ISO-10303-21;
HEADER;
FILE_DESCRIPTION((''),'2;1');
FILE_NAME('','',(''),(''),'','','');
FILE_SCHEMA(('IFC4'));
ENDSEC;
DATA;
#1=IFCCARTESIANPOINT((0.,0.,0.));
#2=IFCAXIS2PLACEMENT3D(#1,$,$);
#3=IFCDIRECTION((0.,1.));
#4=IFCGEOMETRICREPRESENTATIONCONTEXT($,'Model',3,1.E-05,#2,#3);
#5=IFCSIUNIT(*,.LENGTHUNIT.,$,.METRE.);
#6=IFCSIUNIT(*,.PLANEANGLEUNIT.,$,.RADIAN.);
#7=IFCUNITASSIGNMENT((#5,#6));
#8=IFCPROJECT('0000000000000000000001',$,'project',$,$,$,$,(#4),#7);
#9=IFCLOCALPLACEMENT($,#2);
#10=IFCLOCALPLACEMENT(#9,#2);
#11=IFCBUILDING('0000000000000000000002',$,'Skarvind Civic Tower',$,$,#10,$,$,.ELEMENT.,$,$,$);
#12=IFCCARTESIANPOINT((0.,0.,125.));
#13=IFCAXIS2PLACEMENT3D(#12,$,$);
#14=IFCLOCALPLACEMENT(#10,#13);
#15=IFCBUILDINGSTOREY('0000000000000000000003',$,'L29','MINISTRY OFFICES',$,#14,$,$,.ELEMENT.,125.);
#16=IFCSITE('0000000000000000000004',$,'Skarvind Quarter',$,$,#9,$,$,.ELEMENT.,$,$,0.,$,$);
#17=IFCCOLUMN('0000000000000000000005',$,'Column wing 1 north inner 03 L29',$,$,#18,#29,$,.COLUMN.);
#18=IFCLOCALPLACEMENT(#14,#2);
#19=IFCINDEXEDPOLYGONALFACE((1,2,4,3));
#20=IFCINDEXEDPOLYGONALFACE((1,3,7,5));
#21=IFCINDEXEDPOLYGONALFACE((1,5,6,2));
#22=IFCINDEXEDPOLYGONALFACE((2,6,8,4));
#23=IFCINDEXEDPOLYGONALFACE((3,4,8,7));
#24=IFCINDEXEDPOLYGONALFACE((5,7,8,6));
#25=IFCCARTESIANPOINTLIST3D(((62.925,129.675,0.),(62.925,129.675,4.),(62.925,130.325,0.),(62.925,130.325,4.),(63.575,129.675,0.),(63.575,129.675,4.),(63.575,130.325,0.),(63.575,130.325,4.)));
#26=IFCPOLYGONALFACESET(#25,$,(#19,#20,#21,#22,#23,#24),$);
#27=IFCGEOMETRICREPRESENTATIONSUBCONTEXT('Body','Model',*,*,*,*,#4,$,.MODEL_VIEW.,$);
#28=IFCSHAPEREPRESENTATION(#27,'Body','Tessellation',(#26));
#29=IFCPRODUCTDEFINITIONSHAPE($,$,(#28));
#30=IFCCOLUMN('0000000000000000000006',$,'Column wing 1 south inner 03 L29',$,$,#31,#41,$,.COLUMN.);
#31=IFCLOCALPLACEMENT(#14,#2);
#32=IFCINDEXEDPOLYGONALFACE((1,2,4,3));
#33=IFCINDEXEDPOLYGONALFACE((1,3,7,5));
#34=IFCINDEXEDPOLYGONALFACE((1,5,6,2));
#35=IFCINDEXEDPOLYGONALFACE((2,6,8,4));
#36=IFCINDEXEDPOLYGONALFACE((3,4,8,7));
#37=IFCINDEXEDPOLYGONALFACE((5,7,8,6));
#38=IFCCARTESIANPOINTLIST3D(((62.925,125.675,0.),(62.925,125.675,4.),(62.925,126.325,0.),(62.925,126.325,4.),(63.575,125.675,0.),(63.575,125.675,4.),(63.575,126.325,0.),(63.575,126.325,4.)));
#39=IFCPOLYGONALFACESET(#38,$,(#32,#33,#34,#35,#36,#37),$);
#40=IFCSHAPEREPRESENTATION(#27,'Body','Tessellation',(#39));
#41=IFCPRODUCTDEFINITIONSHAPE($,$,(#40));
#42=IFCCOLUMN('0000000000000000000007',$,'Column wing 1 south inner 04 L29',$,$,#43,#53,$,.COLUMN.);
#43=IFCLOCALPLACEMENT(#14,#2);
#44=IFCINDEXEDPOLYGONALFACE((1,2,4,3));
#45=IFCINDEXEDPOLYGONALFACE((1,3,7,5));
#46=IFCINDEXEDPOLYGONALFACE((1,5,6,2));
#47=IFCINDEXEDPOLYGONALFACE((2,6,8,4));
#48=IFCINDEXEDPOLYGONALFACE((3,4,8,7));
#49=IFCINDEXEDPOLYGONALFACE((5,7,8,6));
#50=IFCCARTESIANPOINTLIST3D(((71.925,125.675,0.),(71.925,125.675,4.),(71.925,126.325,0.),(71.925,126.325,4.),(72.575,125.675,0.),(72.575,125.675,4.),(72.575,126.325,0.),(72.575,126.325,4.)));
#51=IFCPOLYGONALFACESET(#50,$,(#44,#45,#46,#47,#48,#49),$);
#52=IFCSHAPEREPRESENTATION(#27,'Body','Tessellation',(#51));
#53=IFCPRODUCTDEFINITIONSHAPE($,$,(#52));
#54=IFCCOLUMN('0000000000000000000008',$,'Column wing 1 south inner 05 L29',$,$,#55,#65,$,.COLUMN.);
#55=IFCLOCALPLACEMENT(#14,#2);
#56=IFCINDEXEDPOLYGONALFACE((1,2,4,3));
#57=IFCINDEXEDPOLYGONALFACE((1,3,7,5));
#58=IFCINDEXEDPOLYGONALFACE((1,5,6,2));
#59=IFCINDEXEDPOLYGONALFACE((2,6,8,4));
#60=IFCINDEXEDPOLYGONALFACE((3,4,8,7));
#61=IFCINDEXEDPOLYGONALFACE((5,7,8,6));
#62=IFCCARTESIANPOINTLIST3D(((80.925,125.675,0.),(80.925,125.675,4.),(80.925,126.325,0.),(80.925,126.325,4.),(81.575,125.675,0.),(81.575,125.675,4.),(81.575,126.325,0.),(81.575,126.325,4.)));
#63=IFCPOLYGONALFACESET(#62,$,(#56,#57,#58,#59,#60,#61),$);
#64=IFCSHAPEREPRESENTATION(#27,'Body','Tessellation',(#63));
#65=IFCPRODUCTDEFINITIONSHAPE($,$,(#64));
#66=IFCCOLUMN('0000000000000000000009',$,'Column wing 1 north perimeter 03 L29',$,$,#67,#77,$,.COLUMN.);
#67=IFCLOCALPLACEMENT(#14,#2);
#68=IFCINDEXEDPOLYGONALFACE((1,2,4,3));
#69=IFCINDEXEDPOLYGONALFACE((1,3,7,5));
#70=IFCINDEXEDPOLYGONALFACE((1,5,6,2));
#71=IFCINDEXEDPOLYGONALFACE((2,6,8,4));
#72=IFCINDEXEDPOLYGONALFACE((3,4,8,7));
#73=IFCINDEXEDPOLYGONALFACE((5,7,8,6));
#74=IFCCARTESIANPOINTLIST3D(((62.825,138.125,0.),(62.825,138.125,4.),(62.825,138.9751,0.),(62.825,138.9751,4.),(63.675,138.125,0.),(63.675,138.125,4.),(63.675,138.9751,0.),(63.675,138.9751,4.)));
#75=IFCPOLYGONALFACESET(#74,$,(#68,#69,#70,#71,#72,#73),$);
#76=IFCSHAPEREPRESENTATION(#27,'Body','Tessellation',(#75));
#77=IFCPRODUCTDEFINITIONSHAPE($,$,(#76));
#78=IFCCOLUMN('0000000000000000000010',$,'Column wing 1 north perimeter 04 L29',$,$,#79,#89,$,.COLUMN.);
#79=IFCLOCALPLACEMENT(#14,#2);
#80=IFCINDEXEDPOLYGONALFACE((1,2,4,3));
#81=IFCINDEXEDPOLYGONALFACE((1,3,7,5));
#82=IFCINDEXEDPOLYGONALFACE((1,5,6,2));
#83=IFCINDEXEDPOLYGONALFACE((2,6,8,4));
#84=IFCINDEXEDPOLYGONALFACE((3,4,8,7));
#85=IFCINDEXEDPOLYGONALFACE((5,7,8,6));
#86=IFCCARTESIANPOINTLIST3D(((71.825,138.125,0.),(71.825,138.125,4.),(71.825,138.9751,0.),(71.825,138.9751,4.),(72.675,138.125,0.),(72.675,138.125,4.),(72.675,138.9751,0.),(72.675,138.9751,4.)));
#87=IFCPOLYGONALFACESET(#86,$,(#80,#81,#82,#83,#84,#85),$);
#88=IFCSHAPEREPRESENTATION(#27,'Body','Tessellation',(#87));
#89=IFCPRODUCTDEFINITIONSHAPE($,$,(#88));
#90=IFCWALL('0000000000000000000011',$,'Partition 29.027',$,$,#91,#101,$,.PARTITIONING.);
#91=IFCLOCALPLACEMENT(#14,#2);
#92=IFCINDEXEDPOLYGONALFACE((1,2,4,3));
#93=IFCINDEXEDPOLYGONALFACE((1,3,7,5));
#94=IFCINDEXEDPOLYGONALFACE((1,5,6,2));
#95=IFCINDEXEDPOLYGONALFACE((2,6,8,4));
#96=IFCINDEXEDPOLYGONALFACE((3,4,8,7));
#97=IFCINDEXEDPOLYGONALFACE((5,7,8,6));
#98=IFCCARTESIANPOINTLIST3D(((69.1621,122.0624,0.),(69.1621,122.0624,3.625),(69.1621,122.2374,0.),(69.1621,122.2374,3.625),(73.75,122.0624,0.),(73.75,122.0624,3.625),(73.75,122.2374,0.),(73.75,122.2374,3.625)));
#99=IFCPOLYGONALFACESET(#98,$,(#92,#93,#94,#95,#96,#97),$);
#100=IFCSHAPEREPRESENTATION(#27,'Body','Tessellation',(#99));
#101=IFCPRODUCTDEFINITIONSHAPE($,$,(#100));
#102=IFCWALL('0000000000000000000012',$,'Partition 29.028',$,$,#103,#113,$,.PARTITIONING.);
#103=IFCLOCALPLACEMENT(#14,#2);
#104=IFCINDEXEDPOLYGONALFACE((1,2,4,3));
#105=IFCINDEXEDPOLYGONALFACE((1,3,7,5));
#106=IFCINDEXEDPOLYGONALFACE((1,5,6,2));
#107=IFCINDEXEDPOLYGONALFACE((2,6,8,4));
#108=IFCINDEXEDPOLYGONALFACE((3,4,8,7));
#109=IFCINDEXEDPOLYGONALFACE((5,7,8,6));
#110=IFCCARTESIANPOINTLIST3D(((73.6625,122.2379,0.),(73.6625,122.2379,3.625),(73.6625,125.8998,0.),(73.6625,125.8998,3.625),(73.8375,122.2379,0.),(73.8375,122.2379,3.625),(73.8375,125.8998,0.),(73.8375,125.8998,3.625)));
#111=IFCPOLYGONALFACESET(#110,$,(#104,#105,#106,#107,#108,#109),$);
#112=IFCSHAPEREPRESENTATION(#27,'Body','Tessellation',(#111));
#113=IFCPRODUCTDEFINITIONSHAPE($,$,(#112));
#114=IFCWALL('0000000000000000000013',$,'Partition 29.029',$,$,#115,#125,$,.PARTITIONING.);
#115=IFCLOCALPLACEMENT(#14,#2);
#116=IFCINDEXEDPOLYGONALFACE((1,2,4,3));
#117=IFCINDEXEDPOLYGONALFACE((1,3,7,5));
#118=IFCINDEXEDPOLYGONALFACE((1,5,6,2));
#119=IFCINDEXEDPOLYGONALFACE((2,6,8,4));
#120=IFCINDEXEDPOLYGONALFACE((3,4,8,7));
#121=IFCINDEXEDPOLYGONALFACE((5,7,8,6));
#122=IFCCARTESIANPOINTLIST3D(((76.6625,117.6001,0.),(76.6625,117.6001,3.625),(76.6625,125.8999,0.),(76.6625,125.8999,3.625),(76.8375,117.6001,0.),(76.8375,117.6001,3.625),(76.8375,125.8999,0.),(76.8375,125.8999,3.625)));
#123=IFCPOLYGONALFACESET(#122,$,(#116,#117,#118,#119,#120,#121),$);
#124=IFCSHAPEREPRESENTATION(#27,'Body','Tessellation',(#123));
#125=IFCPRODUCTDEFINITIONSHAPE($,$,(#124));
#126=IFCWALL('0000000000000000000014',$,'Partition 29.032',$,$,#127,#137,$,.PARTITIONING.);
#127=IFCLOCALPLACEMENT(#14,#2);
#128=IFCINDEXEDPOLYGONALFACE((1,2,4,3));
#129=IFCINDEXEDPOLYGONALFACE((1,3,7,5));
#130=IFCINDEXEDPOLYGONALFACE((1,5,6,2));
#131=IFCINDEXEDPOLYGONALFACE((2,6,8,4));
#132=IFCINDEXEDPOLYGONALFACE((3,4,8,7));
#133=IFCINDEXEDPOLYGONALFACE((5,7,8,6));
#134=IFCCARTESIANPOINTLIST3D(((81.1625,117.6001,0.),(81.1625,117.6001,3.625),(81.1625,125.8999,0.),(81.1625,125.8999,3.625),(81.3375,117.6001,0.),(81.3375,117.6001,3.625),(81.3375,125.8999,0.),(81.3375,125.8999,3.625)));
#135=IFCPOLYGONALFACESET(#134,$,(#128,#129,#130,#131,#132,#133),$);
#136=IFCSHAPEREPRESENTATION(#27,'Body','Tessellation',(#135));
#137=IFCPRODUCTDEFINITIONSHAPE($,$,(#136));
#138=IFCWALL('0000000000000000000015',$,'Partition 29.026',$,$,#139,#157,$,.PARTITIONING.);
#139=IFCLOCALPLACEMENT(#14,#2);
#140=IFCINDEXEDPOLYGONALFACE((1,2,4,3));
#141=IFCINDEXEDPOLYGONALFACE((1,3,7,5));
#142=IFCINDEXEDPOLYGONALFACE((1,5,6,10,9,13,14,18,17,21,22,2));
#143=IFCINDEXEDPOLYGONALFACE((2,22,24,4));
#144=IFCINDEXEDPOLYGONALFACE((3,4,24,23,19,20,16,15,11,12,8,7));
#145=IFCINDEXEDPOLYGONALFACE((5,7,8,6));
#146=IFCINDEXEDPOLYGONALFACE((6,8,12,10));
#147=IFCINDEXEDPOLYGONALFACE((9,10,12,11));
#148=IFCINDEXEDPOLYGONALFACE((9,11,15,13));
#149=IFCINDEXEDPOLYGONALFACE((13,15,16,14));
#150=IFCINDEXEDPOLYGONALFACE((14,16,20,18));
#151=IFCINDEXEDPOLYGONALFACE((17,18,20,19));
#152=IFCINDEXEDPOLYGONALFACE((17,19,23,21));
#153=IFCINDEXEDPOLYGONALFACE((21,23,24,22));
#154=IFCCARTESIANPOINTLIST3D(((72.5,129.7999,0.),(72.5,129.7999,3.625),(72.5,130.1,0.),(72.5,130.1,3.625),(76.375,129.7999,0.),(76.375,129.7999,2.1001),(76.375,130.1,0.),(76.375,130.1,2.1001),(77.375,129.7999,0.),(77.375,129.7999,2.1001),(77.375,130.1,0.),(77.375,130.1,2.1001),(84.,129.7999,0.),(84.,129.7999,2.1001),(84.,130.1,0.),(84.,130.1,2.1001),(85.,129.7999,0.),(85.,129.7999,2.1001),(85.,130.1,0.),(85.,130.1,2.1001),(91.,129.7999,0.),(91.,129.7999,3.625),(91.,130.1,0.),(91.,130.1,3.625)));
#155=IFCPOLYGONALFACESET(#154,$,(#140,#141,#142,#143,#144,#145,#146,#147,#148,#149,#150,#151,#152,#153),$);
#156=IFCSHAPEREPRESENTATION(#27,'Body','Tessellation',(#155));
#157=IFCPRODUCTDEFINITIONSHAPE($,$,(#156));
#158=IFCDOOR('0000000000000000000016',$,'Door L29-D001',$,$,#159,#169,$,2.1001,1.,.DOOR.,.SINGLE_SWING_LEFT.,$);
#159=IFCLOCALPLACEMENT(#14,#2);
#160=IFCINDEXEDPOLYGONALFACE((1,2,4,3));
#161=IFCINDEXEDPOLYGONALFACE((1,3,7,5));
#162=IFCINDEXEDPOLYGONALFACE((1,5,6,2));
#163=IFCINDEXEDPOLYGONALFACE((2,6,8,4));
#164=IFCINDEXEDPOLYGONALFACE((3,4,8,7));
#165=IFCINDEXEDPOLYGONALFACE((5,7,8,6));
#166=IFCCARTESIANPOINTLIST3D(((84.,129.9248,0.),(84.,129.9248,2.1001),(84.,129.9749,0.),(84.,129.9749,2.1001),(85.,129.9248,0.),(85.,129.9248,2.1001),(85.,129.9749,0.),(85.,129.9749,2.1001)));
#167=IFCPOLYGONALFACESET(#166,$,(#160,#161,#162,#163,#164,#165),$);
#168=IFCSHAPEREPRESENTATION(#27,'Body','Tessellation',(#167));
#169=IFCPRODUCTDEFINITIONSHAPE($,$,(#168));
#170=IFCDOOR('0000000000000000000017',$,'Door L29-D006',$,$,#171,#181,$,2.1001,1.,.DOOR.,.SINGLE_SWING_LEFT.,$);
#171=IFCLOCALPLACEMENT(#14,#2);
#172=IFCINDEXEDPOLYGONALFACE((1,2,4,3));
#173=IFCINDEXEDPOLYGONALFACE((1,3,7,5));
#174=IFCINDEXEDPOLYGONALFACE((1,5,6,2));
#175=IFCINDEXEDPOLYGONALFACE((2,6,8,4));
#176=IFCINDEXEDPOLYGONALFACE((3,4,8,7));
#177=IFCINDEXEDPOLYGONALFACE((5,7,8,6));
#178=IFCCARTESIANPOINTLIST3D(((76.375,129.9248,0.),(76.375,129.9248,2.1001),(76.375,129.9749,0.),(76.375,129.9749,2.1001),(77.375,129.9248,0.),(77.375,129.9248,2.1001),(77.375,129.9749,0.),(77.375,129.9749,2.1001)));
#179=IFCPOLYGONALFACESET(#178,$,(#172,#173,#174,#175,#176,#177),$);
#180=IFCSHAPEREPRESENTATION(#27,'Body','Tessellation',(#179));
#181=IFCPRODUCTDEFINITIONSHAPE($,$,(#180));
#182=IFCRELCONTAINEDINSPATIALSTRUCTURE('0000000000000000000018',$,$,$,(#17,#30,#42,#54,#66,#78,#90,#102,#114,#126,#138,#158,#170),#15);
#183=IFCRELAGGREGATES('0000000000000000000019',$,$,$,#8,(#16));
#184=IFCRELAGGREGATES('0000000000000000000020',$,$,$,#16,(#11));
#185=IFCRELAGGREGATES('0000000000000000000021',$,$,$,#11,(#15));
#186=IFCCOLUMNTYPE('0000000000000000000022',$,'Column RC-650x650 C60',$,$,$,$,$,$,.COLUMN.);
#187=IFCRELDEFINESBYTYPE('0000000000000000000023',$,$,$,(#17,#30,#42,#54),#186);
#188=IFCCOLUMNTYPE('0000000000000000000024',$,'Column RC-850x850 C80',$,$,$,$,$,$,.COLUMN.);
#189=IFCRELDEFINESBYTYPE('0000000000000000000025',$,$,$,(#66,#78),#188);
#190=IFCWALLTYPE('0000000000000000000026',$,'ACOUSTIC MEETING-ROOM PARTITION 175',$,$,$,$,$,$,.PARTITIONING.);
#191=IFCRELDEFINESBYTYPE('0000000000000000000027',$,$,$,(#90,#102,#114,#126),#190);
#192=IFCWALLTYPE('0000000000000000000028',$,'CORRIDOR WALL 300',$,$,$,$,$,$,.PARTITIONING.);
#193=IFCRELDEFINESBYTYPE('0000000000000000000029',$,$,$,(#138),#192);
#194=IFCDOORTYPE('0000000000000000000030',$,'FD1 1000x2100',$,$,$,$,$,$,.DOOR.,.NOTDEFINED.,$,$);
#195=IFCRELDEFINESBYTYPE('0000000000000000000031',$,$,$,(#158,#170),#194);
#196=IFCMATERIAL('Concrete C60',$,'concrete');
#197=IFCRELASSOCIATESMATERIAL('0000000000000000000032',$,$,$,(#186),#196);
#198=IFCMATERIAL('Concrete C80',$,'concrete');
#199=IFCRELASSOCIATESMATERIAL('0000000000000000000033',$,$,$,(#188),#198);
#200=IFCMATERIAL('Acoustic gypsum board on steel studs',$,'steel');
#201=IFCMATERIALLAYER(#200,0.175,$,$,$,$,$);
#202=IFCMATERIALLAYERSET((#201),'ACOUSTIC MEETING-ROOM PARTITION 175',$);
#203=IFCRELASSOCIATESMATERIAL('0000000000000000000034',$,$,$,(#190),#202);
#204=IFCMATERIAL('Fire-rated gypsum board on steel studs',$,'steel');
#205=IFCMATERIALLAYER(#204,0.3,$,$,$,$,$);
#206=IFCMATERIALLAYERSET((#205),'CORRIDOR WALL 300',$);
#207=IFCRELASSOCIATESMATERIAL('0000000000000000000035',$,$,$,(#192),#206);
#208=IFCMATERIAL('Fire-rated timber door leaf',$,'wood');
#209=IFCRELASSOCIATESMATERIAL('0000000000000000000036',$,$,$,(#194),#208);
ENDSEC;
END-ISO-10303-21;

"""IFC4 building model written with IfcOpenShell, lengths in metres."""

from ifc_helpers import new_model, si_unit, direction, frame, frame_2d, origin, origin_2d, place, context, subcontext, project, spatial, rectangle, extrude, material, layer, layer_set, material_profile, profile_set, type_object, element, fill, save


model = new_model("IFC4")

# Units and contexts
model_context = context("Model", 3, precision=1e-05, world=origin(), true_north=direction((0.0, 1.0)))
body_context = subcontext(model_context, "Body", "Model", "MODEL_VIEW")
ifc_project = project(units=[si_unit("LENGTHUNIT", "METRE"), si_unit("PLANEANGLEUNIT", "RADIAN")], contexts=[model_context])

# Site, building, storey
site_placement = place(None, origin())
site = spatial("IfcSite", under=ifc_project, at=site_placement, Name="Skarvind Quarter", CompositionType="ELEMENT", RefElevation=0.0)
building_placement = place(site_placement, origin())
building = spatial("IfcBuilding", under=site, at=building_placement, Name="Skarvind Civic Tower", CompositionType="ELEMENT")
storey_placement = place(building_placement, frame((0.0, 0.0, 125.0)))
storey = spatial("IfcBuildingStorey", under=building, at=storey_placement, Name="L29", Description="MINISTRY OFFICES", CompositionType="ELEMENT", Elevation=125.0)

# Columns
ifc_material_1 = material(Name="Concrete C60", Category="concrete")
ifc_material_profile_1 = material_profile(ifc_material_1, rectangle(XDim=0.6499, YDim=0.6499, at=origin_2d()), Name="RC-650x650")
ifc_profile_set_1 = profile_set([ifc_material_profile_1], Name="Concrete C60")
column_type_1 = type_object("IfcColumnType", Name="Column RC-650x650 C60", PredefinedType="COLUMN", material=ifc_profile_set_1)
for number, where, z_axis, x_axis, name in (
    (1, (63.25, 130.0, 0.0), (0.0, 0.0, 1.0), (1.0, 0.0, 0.0), "Column wing 1 north inner 03 L29"),
    (2, (63.25, 126.0, 0.0), (0.0, 0.0, 1.0), (1.0, 0.0, 0.0), "Column wing 1 south inner 03 L29"),
    (3, (72.25, 126.0, 0.0), (0.0, 0.0, 1.0), (1.0, 0.0, 0.0), "Column wing 1 south inner 04 L29"),
    (4, (81.25, 126.0, 0.0), (0.0, 0.0, 1.0), (1.0, 0.0, 0.0), "Column wing 1 south inner 05 L29"),
):
    element("IfcColumn", number, at=place(storey_placement, frame(where, z_axis=z_axis, x_axis=x_axis)), inside=storey, type_object=column_type_1, Name=name, PredefinedType="COLUMN", context=body_context, shape_type="SweptSolid", body=[
        extrude(rectangle(XDim=0.6499, YDim=0.6499, at=origin_2d()), origin(), (0.0, 0.0, 1.0), 4.0),
    ])
ifc_material_2 = material(Name="Concrete C80", Category="concrete")
ifc_material_profile_2 = material_profile(ifc_material_2, rectangle(XDim=0.8501, YDim=0.8501, at=origin_2d()), Name="RC-850x850")
ifc_profile_set_2 = profile_set([ifc_material_profile_2], Name="Concrete C80")
column_type_2 = type_object("IfcColumnType", Name="Column RC-850x850 C80", PredefinedType="COLUMN", material=ifc_profile_set_2)
for number, where, z_axis, x_axis, name in (
    (5, (63.25, 138.55, 0.0), (0.0, 0.0, 1.0), (1.0, 0.0, 0.0), "Column wing 1 north perimeter 03 L29"),
    (6, (72.25, 138.55, 0.0), (0.0, 0.0, 1.0), (1.0, 0.0, 0.0), "Column wing 1 north perimeter 04 L29"),
):
    element("IfcColumn", number, at=place(storey_placement, frame(where, z_axis=z_axis, x_axis=x_axis)), inside=storey, type_object=column_type_2, Name=name, PredefinedType="COLUMN", context=body_context, shape_type="SweptSolid", body=[
        extrude(rectangle(XDim=0.8501, YDim=0.8501, at=origin_2d()), origin(), (0.0, 0.0, 1.0), 4.0),
    ])

# Walls
ifc_material_3 = material(Name="Acoustic gypsum board on steel studs", Category="steel")
ifc_layer_1 = layer(ifc_material_3, 0.175)
ifc_layer_set_1 = layer_set([ifc_layer_1], Name="ACOUSTIC MEETING-ROOM PARTITION 175")
wall_type_1 = type_object("IfcWallType", Name="ACOUSTIC MEETING-ROOM PARTITION 175", PredefinedType="PARTITIONING", material=ifc_layer_set_1)
wall_1_placement = place(storey_placement, frame((73.75, 122.1499, 0.0), z_axis=(0.0, 0.0, 1.0), x_axis=(-1.0, 0.0, 0.0)))
element("IfcWall", 7, at=wall_1_placement, inside=storey, type_object=wall_type_1, Name="Partition 29.027", PredefinedType="PARTITIONING", context=body_context, shape_type="SweptSolid", body=[
    extrude(rectangle(XDim=4.5879, YDim=0.175, at=frame_2d((2.2939, 0.0))), origin(), (0.0, 0.0, 1.0), 3.625),
])
wall_2_placement = place(storey_placement, frame((73.75, 125.8999, 0.0), z_axis=(0.0, 0.0, 1.0), x_axis=(0.0, -1.0, 0.0)))
element("IfcWall", 8, at=wall_2_placement, inside=storey, type_object=wall_type_1, Name="Partition 29.028", PredefinedType="PARTITIONING", context=body_context, shape_type="SweptSolid", body=[
    extrude(rectangle(XDim=3.6619, YDim=0.175, at=frame_2d((1.8311, 0.0))), origin(), (0.0, 0.0, 1.0), 3.625),
])
for number, where, z_axis, x_axis, name in (
    (9, (76.75, 117.6001, 0.0), (0.0, 0.0, 1.0), (0.0, 1.0, 0.0), "Partition 29.029"),
    (10, (81.25, 117.6001, 0.0), (0.0, 0.0, 1.0), (0.0, 1.0, 0.0), "Partition 29.032"),
):
    element("IfcWall", number, at=place(storey_placement, frame(where, z_axis=z_axis, x_axis=x_axis)), inside=storey, type_object=wall_type_1, Name=name, PredefinedType="PARTITIONING", context=body_context, shape_type="SweptSolid", body=[
        extrude(rectangle(XDim=8.2998, YDim=0.175, at=frame_2d((4.1499, 0.0))), origin(), (0.0, 0.0, 1.0), 3.625),
    ])

# Wall, openings, doors
ifc_material_4 = material(Name="Fire-rated gypsum board on steel studs", Category="steel")
ifc_layer_2 = layer(ifc_material_4, 0.3)
ifc_layer_set_2 = layer_set([ifc_layer_2], Name="CORRIDOR WALL 300")
wall_type_2 = type_object("IfcWallType", Name="CORRIDOR WALL 300", PredefinedType="PARTITIONING", material=ifc_layer_set_2)
wall_3_placement = place(storey_placement, frame((72.5, 129.95, 0.0), z_axis=(0.0, 0.0, 1.0), x_axis=(1.0, 0.0, 0.0)))
wall_3 = element("IfcWall", 11, at=wall_3_placement, inside=storey, type_object=wall_type_2, Name="Partition 29.026", PredefinedType="PARTITIONING", context=body_context, shape_type="SweptSolid", body=[
    extrude(rectangle(XDim=18.5, YDim=0.3, at=frame_2d((9.25, 0.0))), origin(), (0.0, 0.0, 1.0), 3.625),
])
opening_1_placement = place(wall_3_placement, frame((11.5, 0.0, 0.0)))
opening_1 = element("IfcOpeningElement", 12, at=opening_1_placement, cuts=wall_3, PredefinedType="OPENING", context=body_context, shape_type="SweptSolid", body=[
    extrude(rectangle(XDim=1.0, YDim=2.1001, at=frame_2d((0.5, 1.05))), frame((0.0, 0.1599, 0.0), z_axis=(0.0, -1.0, 0.0), x_axis=(1.0, 0.0, 0.0)), (0.0, 0.0, 1.0), 0.3201),
])
opening_2_placement = place(wall_3_placement, frame((3.875, 0.0, 0.0)))
opening_2 = element("IfcOpeningElement", 13, at=opening_2_placement, cuts=wall_3, PredefinedType="OPENING", context=body_context, shape_type="SweptSolid", body=[
    extrude(rectangle(XDim=1.0, YDim=2.1001, at=frame_2d((0.5, 1.05))), frame((0.0, 0.1599, 0.0), z_axis=(0.0, -1.0, 0.0), x_axis=(1.0, 0.0, 0.0)), (0.0, 0.0, 1.0), 0.3201),
])
ifc_material_5 = material(Name="Fire-rated timber door leaf", Category="wood")
door_type_1 = type_object("IfcDoorType", Name="FD1 1000x2100", OperationType="NOTDEFINED", PredefinedType="DOOR", material=ifc_material_5)
door_1_placement = place(opening_1_placement, origin())
door_1 = element("IfcDoor", 14, at=door_1_placement, inside=storey, type_object=door_type_1, Name="Door L29-D001", OperationType="SINGLE_SWING_LEFT", OverallHeight=2.1001, OverallWidth=1.0, PredefinedType="DOOR", context=body_context, shape_type="SweptSolid", body=[
    extrude(rectangle(XDim=1.0, YDim=2.1001, at=frame_2d((0.5, 1.05))), frame((0.0, 0.0249, 0.0), z_axis=(0.0, -1.0, 0.0), x_axis=(1.0, 0.0, 0.0)), (0.0, 0.0, 1.0), 0.05),
])
fill(opening_1, door_1)
door_2_placement = place(opening_2_placement, origin())
door_2 = element("IfcDoor", 15, at=door_2_placement, inside=storey, type_object=door_type_1, Name="Door L29-D006", OperationType="SINGLE_SWING_LEFT", OverallHeight=2.1001, OverallWidth=1.0, PredefinedType="DOOR", context=body_context, shape_type="SweptSolid", body=[
    extrude(rectangle(XDim=1.0, YDim=2.1001, at=frame_2d((0.5, 1.05))), frame((0.0, 0.0249, 0.0), z_axis=(0.0, -1.0, 0.0), x_axis=(1.0, 0.0, 0.0)), (0.0, 0.0, 1.0), 0.05),
])
fill(opening_2, door_2)

save(model, "model.ifc")
